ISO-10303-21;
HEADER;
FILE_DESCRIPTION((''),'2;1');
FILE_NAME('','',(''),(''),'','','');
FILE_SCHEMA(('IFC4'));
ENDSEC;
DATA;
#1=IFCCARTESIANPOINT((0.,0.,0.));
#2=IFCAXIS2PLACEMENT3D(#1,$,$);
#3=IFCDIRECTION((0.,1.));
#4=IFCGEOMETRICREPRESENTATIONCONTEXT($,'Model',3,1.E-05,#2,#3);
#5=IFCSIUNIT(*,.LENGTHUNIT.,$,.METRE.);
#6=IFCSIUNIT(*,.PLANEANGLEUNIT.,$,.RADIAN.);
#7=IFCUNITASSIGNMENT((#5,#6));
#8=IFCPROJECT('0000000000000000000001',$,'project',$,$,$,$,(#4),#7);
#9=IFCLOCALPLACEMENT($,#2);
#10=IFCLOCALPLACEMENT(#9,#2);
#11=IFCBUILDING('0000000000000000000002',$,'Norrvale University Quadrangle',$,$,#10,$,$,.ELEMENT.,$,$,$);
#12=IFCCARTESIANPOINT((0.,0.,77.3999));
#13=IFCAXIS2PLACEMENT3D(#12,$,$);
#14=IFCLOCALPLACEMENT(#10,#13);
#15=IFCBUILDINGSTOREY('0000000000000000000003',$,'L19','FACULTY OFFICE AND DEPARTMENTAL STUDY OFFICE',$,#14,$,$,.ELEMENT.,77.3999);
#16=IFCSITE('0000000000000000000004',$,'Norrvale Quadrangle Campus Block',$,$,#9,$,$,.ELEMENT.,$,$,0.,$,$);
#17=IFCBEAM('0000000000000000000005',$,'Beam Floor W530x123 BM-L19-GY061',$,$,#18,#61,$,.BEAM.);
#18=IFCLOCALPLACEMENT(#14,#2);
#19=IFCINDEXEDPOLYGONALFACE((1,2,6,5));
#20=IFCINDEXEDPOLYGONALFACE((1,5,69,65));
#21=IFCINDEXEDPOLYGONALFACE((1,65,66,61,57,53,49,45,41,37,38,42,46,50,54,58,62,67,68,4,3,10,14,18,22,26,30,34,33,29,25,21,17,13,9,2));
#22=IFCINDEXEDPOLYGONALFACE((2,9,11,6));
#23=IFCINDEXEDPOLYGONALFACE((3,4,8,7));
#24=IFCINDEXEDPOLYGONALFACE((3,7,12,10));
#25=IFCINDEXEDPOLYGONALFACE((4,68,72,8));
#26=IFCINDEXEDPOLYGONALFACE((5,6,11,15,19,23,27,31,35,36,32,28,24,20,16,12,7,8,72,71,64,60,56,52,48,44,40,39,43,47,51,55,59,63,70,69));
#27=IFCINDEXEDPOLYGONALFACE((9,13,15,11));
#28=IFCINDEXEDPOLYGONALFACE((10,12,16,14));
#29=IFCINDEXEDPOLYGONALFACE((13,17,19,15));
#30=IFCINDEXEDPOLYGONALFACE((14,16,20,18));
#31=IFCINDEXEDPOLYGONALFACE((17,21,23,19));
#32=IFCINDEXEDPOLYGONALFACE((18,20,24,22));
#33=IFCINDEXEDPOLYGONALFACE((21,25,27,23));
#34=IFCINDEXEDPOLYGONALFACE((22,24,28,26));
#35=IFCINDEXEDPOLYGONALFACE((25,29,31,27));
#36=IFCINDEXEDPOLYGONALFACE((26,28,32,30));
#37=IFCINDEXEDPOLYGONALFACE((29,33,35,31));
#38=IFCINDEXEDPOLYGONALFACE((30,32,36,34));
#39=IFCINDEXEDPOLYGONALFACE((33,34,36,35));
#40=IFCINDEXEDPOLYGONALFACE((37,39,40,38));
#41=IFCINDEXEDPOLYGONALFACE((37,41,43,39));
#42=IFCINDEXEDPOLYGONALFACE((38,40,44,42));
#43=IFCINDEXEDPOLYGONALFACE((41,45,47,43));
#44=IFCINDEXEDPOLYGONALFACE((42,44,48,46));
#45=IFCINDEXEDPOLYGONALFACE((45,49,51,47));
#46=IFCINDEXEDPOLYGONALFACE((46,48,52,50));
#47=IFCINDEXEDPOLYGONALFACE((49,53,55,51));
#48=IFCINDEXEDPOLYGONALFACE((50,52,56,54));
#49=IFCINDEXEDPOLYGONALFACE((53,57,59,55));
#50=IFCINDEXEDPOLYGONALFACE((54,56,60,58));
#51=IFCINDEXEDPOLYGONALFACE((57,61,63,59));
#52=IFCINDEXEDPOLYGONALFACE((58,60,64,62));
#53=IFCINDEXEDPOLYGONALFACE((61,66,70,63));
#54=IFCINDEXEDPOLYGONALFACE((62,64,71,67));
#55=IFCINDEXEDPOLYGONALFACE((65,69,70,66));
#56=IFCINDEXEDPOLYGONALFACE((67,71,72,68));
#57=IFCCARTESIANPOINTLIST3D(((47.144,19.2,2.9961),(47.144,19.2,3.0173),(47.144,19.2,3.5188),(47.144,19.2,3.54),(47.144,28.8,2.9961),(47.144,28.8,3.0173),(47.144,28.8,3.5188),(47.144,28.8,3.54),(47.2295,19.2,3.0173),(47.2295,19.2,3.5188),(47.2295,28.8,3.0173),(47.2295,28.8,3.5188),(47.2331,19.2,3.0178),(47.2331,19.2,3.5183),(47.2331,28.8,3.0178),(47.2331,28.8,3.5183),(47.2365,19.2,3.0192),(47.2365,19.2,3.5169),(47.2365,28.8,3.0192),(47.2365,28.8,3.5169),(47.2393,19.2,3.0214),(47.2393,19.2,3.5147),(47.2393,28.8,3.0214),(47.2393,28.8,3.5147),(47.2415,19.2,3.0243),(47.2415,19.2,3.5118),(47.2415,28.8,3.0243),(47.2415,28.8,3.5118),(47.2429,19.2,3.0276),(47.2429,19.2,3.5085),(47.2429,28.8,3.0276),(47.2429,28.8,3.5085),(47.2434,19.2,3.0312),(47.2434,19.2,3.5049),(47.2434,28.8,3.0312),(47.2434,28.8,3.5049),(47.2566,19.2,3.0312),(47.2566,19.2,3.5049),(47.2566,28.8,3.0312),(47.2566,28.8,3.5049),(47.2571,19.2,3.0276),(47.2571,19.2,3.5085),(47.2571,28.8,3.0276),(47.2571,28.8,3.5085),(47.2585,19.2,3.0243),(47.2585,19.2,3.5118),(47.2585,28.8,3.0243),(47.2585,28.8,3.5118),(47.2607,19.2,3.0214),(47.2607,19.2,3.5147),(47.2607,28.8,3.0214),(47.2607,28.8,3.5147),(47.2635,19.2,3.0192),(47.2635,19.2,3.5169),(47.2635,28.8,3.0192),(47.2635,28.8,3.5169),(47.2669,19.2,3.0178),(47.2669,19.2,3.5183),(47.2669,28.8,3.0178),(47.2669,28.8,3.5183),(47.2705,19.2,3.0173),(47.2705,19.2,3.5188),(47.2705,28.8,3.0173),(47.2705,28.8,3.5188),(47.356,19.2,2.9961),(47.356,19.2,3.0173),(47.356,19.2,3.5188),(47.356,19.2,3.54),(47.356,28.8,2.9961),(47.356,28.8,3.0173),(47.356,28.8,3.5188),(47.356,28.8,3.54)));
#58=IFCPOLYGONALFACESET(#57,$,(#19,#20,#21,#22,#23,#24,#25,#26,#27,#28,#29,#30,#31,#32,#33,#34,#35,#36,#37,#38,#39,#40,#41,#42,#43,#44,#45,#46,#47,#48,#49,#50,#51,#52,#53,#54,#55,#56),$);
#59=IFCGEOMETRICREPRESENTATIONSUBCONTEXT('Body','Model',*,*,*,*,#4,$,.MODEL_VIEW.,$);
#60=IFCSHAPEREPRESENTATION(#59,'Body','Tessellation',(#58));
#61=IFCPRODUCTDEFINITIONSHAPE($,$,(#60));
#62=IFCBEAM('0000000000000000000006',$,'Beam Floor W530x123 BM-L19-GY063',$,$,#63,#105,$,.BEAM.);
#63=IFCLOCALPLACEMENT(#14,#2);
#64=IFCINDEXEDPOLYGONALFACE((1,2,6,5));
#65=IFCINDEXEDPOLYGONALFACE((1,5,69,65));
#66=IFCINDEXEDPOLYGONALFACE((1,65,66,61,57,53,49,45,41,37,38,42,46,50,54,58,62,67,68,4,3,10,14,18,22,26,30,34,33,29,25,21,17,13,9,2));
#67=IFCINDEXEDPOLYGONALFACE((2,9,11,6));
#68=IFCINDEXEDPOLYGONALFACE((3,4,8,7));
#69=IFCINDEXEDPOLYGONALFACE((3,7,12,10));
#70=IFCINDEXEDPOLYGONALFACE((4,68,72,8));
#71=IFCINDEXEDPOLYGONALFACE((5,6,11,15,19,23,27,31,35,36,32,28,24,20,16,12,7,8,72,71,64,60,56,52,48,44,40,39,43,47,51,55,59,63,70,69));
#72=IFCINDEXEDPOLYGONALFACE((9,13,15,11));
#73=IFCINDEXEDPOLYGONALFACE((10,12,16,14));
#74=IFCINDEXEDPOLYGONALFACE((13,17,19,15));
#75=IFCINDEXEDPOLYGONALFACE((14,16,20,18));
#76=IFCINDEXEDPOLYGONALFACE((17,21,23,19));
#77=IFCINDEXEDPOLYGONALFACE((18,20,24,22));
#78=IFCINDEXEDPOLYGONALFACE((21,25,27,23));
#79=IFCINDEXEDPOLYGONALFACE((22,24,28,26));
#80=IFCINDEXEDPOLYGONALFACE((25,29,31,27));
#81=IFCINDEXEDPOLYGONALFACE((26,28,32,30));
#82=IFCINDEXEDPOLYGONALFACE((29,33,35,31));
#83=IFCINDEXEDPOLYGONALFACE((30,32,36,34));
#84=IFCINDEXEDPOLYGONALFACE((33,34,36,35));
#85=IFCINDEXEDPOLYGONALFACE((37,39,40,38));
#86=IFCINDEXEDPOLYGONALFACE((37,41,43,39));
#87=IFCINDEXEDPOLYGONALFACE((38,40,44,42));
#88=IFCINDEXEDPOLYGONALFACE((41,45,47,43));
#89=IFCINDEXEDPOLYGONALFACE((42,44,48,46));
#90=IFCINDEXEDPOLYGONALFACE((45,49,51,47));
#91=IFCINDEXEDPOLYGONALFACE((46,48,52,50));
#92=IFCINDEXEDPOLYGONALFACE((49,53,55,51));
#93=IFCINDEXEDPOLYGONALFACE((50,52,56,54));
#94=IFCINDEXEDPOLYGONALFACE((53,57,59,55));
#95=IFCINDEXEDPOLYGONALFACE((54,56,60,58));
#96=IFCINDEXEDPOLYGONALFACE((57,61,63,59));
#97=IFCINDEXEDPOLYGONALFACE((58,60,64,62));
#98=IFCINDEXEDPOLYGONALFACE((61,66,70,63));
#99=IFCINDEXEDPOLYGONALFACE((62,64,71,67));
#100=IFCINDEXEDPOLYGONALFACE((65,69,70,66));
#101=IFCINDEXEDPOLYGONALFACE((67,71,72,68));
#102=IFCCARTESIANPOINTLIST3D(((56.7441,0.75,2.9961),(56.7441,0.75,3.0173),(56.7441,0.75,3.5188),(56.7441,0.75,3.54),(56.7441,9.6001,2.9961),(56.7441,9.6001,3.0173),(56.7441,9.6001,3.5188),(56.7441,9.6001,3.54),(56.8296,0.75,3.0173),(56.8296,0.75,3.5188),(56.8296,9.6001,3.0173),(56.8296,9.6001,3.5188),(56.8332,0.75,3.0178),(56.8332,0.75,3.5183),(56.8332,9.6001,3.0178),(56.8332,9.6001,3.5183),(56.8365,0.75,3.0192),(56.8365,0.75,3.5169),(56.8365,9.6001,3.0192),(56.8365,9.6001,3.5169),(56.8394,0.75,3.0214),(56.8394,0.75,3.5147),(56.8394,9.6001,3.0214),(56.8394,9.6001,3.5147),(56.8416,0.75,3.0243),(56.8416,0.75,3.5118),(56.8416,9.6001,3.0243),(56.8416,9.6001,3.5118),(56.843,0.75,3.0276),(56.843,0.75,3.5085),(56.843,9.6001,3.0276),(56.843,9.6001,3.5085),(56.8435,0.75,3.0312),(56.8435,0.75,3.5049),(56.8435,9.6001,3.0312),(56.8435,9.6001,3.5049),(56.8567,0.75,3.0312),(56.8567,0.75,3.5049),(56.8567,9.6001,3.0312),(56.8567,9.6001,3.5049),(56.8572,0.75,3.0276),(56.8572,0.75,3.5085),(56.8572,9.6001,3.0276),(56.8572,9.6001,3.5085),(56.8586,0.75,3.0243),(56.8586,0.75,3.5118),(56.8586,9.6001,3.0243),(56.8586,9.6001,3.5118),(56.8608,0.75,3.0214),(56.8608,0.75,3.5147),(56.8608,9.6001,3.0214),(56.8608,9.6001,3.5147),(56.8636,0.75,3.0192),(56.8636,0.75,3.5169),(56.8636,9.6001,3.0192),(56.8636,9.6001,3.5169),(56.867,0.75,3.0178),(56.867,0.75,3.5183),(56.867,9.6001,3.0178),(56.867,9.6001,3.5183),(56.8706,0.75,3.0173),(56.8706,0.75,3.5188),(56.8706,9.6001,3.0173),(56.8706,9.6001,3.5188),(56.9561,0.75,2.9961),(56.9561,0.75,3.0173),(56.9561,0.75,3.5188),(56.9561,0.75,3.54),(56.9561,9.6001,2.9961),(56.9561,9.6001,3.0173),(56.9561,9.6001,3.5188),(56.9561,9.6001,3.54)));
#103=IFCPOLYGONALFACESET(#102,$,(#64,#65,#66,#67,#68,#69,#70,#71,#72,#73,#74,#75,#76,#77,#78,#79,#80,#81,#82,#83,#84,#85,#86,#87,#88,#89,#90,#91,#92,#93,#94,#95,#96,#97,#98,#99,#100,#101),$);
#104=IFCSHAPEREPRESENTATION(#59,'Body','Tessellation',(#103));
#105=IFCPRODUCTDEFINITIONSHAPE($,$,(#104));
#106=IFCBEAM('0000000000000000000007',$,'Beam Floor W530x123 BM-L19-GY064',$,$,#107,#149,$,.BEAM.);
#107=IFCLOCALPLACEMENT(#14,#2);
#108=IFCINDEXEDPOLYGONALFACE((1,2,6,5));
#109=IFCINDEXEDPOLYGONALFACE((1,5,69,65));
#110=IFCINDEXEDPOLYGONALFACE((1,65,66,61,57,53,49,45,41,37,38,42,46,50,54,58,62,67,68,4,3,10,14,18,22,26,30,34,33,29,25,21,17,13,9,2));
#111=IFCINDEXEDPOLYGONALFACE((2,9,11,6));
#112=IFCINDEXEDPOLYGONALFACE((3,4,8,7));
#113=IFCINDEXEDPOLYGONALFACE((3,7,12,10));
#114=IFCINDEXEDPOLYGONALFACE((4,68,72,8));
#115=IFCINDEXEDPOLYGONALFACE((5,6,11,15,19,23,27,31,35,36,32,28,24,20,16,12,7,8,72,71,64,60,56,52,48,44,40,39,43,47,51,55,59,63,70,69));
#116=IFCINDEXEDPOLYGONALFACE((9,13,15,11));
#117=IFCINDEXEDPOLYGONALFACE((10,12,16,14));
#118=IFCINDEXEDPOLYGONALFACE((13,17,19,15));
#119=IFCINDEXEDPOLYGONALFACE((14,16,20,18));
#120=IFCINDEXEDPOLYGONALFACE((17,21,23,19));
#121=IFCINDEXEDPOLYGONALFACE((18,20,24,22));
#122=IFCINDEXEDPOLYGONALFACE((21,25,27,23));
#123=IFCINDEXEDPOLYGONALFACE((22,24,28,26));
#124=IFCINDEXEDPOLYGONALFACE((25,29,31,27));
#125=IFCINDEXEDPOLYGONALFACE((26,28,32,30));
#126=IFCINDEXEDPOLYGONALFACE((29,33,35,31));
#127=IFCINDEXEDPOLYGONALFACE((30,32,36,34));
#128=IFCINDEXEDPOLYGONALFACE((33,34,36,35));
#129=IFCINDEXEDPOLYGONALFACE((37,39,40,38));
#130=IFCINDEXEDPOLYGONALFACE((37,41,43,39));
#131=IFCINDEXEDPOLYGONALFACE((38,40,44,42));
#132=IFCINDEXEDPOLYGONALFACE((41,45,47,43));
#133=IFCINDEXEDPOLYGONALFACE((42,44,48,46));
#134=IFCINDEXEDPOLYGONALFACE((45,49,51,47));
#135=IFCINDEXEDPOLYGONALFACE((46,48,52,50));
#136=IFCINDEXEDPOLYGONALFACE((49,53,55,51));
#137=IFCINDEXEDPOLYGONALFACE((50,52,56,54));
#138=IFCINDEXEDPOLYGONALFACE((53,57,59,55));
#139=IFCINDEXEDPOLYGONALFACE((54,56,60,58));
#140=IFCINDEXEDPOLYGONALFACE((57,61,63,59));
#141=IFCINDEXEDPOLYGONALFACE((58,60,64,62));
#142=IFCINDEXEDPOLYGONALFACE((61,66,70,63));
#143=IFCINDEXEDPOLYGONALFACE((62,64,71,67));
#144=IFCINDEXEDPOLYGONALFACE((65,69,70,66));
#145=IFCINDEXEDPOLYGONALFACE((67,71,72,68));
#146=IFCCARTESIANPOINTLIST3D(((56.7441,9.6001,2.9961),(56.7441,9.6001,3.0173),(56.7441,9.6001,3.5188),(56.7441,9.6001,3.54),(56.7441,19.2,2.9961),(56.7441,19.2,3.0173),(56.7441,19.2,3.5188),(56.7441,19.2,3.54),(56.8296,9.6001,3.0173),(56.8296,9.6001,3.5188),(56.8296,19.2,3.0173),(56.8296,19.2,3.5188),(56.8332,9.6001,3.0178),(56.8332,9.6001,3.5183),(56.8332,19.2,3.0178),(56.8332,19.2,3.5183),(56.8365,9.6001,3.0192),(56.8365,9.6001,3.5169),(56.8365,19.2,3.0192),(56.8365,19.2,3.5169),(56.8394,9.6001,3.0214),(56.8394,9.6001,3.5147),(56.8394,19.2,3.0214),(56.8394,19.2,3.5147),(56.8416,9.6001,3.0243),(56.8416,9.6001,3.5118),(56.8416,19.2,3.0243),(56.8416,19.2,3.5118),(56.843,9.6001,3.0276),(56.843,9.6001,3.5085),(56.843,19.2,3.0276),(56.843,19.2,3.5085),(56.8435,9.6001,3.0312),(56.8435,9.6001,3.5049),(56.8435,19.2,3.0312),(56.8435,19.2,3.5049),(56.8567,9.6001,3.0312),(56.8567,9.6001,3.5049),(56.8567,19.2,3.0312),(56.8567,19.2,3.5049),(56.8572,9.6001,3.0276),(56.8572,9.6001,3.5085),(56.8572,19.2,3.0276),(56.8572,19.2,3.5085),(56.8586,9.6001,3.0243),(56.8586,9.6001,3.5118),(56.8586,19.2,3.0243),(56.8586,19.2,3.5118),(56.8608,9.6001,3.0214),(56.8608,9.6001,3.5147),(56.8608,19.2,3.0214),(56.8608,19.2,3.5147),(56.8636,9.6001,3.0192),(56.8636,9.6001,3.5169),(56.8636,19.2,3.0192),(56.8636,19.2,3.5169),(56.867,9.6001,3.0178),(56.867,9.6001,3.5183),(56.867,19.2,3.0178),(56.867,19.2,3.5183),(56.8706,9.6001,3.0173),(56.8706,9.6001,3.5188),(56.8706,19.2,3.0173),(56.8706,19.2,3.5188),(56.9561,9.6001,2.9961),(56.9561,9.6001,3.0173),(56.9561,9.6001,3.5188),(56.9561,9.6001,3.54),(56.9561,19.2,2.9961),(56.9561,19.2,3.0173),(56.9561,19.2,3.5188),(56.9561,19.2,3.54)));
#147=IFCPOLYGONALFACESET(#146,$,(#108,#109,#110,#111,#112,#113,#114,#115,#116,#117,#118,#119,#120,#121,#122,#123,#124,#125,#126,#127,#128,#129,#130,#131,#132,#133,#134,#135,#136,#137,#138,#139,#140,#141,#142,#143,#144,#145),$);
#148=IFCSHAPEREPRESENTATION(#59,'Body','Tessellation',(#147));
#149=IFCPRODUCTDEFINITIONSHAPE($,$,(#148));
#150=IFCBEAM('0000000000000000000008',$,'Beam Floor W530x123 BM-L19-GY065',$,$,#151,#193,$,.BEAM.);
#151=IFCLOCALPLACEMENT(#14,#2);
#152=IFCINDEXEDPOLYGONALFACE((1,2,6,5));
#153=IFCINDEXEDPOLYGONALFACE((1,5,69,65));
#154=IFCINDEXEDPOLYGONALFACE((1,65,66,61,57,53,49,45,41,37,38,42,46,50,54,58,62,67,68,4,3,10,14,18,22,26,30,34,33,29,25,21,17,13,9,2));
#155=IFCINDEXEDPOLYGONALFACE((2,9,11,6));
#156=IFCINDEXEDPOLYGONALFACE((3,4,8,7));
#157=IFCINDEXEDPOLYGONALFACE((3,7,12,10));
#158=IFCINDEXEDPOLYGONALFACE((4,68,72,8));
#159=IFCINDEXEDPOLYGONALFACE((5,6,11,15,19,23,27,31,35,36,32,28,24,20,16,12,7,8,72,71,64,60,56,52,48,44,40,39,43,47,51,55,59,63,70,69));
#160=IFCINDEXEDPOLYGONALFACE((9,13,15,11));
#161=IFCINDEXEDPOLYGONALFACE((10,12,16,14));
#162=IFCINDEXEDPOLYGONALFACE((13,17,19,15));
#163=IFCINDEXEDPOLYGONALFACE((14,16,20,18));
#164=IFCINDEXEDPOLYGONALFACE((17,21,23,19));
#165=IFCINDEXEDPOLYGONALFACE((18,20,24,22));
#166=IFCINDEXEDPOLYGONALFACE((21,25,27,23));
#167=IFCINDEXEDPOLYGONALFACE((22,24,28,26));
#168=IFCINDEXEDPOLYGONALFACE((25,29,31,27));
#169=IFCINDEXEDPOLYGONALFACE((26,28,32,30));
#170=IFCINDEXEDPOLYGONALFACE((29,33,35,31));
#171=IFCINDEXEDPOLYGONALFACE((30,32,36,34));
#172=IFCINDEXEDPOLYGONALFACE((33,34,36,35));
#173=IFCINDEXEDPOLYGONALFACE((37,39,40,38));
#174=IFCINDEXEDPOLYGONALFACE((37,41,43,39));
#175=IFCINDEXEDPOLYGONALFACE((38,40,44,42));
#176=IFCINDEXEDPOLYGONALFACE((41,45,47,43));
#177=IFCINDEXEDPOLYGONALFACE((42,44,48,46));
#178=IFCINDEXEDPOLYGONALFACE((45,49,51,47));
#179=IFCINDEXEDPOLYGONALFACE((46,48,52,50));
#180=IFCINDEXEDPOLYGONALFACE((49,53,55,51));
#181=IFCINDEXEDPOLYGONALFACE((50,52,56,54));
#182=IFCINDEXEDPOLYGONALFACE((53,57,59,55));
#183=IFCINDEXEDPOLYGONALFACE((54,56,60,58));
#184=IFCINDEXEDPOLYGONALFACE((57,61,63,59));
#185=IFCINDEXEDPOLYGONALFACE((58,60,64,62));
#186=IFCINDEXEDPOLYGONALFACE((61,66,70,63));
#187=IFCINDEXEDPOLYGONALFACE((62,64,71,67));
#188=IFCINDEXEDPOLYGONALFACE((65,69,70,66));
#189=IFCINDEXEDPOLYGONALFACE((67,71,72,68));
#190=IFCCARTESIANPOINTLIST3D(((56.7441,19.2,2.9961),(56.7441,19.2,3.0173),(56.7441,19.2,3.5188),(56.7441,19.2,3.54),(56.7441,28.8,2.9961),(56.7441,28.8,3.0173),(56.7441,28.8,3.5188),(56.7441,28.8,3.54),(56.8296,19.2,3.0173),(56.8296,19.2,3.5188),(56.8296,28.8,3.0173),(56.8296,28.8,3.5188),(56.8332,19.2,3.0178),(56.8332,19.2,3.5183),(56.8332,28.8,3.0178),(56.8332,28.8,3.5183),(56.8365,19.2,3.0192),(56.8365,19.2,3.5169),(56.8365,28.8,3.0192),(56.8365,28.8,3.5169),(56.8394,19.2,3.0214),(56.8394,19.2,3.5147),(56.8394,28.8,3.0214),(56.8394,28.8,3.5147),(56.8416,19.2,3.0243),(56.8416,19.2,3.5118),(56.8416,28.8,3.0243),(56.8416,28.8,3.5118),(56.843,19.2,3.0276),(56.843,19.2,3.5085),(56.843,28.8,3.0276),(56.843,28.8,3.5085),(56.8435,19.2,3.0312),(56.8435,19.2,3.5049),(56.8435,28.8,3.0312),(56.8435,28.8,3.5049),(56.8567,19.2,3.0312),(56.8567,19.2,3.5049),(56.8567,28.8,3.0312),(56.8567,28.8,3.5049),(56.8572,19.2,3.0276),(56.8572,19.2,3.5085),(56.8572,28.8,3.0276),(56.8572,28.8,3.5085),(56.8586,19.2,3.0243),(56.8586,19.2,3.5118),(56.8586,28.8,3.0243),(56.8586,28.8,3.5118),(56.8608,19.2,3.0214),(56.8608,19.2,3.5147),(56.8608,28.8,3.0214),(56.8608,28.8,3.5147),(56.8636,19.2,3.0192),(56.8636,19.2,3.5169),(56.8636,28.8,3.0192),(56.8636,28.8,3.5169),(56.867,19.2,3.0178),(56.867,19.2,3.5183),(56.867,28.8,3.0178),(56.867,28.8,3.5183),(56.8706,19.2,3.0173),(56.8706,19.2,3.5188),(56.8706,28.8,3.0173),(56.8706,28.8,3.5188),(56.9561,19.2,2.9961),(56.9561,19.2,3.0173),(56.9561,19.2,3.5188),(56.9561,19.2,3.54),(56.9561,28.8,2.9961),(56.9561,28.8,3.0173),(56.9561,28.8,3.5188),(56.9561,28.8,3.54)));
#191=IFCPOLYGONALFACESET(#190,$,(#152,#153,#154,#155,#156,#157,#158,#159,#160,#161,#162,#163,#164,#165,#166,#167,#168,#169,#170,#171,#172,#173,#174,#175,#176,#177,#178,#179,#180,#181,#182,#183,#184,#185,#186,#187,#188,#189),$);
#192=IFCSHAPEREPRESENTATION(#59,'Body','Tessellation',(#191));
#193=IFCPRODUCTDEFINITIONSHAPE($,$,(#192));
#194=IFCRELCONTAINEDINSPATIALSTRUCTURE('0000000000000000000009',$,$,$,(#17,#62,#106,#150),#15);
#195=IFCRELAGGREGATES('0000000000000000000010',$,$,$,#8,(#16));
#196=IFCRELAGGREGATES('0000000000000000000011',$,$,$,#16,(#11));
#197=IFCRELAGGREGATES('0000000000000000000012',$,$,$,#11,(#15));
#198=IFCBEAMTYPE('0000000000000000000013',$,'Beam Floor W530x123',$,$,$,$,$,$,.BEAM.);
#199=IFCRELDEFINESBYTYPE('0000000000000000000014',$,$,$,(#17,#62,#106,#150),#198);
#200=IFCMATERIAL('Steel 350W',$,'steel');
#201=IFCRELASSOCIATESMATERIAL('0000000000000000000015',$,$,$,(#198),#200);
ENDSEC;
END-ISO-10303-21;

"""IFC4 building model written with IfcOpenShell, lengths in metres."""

from ifc_helpers import new_model, si_unit, direction, frame, origin, origin_2d, place, context, subcontext, project, spatial, i_section, extrude, material, material_profile, profile_set, type_object, element, save


model = new_model("IFC4")

# Units and contexts
model_context = context("Model", 3, precision=1e-05, world=origin(), true_north=direction((0.0, 1.0)))
body_context = subcontext(model_context, "Body", "Model", "MODEL_VIEW")
ifc_project = project(units=[si_unit("LENGTHUNIT", "METRE"), si_unit("PLANEANGLEUNIT", "RADIAN")], contexts=[model_context])

# Site, building, storey
site_placement = place(None, origin())
site = spatial("IfcSite", under=ifc_project, at=site_placement, Name="Norrvale Quadrangle Campus Block", CompositionType="ELEMENT", RefElevation=0.0)
building_placement = place(site_placement, origin())
building = spatial("IfcBuilding", under=site, at=building_placement, Name="Norrvale University Quadrangle", CompositionType="ELEMENT")
storey_placement = place(building_placement, frame((0.0, 0.0, 77.3999)))
storey = spatial("IfcBuildingStorey", under=building, at=storey_placement, Name="L19", Description="FACULTY OFFICE AND DEPARTMENTAL STUDY OFFICE", CompositionType="ELEMENT", Elevation=77.3999)

# Beams
ifc_material_1 = material(Name="Steel 350W", Category="steel")
ifc_material_profile_1 = material_profile(ifc_material_1, i_section(OverallWidth=0.2119, OverallDepth=0.5439, WebThickness=0.0132, FlangeThickness=0.0212, FilletRadius=0.0139, at=origin_2d()), Name="Steel 350W")
ifc_profile_set_1 = profile_set([ifc_material_profile_1], Name="Steel 350W")
beam_type_1 = type_object("IfcBeamType", Name="Beam Floor W530x123", PredefinedType="BEAM", material=ifc_profile_set_1)
beam_1_placement = place(storey_placement, frame((47.25, 19.2, 3.2681), z_axis=(0.0, 1.0, 0.0), x_axis=(-1.0, 0.0, 0.0)))
element("IfcBeam", 1, at=beam_1_placement, inside=storey, type_object=beam_type_1, Name="Beam Floor W530x123 BM-L19-GY061", PredefinedType="BEAM", context=body_context, shape_type="SweptSolid", body=[
    extrude(i_section(OverallWidth=0.2119, OverallDepth=0.5439, WebThickness=0.0132, FlangeThickness=0.0212, FilletRadius=0.0139, at=origin_2d()), origin(), (0.0, 0.0, 1.0), 9.6001),
])
beam_2_placement = place(storey_placement, frame((56.8501, 0.75, 3.2681), z_axis=(0.0, 1.0, 0.0), x_axis=(-1.0, 0.0, 0.0)))
element("IfcBeam", 2, at=beam_2_placement, inside=storey, type_object=beam_type_1, Name="Beam Floor W530x123 BM-L19-GY063", PredefinedType="BEAM", context=body_context, shape_type="SweptSolid", body=[
    extrude(i_section(OverallWidth=0.2119, OverallDepth=0.5439, WebThickness=0.0132, FlangeThickness=0.0212, FilletRadius=0.0139, at=origin_2d()), origin(), (0.0, 0.0, 1.0), 8.8501),
])
beam_3_placement = place(storey_placement, frame((56.8501, 9.6001, 3.2681), z_axis=(0.0, 1.0, 0.0), x_axis=(-1.0, 0.0, 0.0)))
element("IfcBeam", 3, at=beam_3_placement, inside=storey, type_object=beam_type_1, Name="Beam Floor W530x123 BM-L19-GY064", PredefinedType="BEAM", context=body_context, shape_type="SweptSolid", body=[
    extrude(i_section(OverallWidth=0.2119, OverallDepth=0.5439, WebThickness=0.0132, FlangeThickness=0.0212, FilletRadius=0.0139, at=origin_2d()), origin(), (0.0, 0.0, 1.0), 9.5999),
])
beam_4_placement = place(storey_placement, frame((56.8501, 19.2, 3.2681), z_axis=(0.0, 1.0, 0.0), x_axis=(-1.0, 0.0, 0.0)))
element("IfcBeam", 4, at=beam_4_placement, inside=storey, type_object=beam_type_1, Name="Beam Floor W530x123 BM-L19-GY065", PredefinedType="BEAM", context=body_context, shape_type="SweptSolid", body=[
    extrude(i_section(OverallWidth=0.2119, OverallDepth=0.5439, WebThickness=0.0132, FlangeThickness=0.0212, FilletRadius=0.0139, at=origin_2d()), origin(), (0.0, 0.0, 1.0), 9.6001),
])

save(model, "model.ifc")
